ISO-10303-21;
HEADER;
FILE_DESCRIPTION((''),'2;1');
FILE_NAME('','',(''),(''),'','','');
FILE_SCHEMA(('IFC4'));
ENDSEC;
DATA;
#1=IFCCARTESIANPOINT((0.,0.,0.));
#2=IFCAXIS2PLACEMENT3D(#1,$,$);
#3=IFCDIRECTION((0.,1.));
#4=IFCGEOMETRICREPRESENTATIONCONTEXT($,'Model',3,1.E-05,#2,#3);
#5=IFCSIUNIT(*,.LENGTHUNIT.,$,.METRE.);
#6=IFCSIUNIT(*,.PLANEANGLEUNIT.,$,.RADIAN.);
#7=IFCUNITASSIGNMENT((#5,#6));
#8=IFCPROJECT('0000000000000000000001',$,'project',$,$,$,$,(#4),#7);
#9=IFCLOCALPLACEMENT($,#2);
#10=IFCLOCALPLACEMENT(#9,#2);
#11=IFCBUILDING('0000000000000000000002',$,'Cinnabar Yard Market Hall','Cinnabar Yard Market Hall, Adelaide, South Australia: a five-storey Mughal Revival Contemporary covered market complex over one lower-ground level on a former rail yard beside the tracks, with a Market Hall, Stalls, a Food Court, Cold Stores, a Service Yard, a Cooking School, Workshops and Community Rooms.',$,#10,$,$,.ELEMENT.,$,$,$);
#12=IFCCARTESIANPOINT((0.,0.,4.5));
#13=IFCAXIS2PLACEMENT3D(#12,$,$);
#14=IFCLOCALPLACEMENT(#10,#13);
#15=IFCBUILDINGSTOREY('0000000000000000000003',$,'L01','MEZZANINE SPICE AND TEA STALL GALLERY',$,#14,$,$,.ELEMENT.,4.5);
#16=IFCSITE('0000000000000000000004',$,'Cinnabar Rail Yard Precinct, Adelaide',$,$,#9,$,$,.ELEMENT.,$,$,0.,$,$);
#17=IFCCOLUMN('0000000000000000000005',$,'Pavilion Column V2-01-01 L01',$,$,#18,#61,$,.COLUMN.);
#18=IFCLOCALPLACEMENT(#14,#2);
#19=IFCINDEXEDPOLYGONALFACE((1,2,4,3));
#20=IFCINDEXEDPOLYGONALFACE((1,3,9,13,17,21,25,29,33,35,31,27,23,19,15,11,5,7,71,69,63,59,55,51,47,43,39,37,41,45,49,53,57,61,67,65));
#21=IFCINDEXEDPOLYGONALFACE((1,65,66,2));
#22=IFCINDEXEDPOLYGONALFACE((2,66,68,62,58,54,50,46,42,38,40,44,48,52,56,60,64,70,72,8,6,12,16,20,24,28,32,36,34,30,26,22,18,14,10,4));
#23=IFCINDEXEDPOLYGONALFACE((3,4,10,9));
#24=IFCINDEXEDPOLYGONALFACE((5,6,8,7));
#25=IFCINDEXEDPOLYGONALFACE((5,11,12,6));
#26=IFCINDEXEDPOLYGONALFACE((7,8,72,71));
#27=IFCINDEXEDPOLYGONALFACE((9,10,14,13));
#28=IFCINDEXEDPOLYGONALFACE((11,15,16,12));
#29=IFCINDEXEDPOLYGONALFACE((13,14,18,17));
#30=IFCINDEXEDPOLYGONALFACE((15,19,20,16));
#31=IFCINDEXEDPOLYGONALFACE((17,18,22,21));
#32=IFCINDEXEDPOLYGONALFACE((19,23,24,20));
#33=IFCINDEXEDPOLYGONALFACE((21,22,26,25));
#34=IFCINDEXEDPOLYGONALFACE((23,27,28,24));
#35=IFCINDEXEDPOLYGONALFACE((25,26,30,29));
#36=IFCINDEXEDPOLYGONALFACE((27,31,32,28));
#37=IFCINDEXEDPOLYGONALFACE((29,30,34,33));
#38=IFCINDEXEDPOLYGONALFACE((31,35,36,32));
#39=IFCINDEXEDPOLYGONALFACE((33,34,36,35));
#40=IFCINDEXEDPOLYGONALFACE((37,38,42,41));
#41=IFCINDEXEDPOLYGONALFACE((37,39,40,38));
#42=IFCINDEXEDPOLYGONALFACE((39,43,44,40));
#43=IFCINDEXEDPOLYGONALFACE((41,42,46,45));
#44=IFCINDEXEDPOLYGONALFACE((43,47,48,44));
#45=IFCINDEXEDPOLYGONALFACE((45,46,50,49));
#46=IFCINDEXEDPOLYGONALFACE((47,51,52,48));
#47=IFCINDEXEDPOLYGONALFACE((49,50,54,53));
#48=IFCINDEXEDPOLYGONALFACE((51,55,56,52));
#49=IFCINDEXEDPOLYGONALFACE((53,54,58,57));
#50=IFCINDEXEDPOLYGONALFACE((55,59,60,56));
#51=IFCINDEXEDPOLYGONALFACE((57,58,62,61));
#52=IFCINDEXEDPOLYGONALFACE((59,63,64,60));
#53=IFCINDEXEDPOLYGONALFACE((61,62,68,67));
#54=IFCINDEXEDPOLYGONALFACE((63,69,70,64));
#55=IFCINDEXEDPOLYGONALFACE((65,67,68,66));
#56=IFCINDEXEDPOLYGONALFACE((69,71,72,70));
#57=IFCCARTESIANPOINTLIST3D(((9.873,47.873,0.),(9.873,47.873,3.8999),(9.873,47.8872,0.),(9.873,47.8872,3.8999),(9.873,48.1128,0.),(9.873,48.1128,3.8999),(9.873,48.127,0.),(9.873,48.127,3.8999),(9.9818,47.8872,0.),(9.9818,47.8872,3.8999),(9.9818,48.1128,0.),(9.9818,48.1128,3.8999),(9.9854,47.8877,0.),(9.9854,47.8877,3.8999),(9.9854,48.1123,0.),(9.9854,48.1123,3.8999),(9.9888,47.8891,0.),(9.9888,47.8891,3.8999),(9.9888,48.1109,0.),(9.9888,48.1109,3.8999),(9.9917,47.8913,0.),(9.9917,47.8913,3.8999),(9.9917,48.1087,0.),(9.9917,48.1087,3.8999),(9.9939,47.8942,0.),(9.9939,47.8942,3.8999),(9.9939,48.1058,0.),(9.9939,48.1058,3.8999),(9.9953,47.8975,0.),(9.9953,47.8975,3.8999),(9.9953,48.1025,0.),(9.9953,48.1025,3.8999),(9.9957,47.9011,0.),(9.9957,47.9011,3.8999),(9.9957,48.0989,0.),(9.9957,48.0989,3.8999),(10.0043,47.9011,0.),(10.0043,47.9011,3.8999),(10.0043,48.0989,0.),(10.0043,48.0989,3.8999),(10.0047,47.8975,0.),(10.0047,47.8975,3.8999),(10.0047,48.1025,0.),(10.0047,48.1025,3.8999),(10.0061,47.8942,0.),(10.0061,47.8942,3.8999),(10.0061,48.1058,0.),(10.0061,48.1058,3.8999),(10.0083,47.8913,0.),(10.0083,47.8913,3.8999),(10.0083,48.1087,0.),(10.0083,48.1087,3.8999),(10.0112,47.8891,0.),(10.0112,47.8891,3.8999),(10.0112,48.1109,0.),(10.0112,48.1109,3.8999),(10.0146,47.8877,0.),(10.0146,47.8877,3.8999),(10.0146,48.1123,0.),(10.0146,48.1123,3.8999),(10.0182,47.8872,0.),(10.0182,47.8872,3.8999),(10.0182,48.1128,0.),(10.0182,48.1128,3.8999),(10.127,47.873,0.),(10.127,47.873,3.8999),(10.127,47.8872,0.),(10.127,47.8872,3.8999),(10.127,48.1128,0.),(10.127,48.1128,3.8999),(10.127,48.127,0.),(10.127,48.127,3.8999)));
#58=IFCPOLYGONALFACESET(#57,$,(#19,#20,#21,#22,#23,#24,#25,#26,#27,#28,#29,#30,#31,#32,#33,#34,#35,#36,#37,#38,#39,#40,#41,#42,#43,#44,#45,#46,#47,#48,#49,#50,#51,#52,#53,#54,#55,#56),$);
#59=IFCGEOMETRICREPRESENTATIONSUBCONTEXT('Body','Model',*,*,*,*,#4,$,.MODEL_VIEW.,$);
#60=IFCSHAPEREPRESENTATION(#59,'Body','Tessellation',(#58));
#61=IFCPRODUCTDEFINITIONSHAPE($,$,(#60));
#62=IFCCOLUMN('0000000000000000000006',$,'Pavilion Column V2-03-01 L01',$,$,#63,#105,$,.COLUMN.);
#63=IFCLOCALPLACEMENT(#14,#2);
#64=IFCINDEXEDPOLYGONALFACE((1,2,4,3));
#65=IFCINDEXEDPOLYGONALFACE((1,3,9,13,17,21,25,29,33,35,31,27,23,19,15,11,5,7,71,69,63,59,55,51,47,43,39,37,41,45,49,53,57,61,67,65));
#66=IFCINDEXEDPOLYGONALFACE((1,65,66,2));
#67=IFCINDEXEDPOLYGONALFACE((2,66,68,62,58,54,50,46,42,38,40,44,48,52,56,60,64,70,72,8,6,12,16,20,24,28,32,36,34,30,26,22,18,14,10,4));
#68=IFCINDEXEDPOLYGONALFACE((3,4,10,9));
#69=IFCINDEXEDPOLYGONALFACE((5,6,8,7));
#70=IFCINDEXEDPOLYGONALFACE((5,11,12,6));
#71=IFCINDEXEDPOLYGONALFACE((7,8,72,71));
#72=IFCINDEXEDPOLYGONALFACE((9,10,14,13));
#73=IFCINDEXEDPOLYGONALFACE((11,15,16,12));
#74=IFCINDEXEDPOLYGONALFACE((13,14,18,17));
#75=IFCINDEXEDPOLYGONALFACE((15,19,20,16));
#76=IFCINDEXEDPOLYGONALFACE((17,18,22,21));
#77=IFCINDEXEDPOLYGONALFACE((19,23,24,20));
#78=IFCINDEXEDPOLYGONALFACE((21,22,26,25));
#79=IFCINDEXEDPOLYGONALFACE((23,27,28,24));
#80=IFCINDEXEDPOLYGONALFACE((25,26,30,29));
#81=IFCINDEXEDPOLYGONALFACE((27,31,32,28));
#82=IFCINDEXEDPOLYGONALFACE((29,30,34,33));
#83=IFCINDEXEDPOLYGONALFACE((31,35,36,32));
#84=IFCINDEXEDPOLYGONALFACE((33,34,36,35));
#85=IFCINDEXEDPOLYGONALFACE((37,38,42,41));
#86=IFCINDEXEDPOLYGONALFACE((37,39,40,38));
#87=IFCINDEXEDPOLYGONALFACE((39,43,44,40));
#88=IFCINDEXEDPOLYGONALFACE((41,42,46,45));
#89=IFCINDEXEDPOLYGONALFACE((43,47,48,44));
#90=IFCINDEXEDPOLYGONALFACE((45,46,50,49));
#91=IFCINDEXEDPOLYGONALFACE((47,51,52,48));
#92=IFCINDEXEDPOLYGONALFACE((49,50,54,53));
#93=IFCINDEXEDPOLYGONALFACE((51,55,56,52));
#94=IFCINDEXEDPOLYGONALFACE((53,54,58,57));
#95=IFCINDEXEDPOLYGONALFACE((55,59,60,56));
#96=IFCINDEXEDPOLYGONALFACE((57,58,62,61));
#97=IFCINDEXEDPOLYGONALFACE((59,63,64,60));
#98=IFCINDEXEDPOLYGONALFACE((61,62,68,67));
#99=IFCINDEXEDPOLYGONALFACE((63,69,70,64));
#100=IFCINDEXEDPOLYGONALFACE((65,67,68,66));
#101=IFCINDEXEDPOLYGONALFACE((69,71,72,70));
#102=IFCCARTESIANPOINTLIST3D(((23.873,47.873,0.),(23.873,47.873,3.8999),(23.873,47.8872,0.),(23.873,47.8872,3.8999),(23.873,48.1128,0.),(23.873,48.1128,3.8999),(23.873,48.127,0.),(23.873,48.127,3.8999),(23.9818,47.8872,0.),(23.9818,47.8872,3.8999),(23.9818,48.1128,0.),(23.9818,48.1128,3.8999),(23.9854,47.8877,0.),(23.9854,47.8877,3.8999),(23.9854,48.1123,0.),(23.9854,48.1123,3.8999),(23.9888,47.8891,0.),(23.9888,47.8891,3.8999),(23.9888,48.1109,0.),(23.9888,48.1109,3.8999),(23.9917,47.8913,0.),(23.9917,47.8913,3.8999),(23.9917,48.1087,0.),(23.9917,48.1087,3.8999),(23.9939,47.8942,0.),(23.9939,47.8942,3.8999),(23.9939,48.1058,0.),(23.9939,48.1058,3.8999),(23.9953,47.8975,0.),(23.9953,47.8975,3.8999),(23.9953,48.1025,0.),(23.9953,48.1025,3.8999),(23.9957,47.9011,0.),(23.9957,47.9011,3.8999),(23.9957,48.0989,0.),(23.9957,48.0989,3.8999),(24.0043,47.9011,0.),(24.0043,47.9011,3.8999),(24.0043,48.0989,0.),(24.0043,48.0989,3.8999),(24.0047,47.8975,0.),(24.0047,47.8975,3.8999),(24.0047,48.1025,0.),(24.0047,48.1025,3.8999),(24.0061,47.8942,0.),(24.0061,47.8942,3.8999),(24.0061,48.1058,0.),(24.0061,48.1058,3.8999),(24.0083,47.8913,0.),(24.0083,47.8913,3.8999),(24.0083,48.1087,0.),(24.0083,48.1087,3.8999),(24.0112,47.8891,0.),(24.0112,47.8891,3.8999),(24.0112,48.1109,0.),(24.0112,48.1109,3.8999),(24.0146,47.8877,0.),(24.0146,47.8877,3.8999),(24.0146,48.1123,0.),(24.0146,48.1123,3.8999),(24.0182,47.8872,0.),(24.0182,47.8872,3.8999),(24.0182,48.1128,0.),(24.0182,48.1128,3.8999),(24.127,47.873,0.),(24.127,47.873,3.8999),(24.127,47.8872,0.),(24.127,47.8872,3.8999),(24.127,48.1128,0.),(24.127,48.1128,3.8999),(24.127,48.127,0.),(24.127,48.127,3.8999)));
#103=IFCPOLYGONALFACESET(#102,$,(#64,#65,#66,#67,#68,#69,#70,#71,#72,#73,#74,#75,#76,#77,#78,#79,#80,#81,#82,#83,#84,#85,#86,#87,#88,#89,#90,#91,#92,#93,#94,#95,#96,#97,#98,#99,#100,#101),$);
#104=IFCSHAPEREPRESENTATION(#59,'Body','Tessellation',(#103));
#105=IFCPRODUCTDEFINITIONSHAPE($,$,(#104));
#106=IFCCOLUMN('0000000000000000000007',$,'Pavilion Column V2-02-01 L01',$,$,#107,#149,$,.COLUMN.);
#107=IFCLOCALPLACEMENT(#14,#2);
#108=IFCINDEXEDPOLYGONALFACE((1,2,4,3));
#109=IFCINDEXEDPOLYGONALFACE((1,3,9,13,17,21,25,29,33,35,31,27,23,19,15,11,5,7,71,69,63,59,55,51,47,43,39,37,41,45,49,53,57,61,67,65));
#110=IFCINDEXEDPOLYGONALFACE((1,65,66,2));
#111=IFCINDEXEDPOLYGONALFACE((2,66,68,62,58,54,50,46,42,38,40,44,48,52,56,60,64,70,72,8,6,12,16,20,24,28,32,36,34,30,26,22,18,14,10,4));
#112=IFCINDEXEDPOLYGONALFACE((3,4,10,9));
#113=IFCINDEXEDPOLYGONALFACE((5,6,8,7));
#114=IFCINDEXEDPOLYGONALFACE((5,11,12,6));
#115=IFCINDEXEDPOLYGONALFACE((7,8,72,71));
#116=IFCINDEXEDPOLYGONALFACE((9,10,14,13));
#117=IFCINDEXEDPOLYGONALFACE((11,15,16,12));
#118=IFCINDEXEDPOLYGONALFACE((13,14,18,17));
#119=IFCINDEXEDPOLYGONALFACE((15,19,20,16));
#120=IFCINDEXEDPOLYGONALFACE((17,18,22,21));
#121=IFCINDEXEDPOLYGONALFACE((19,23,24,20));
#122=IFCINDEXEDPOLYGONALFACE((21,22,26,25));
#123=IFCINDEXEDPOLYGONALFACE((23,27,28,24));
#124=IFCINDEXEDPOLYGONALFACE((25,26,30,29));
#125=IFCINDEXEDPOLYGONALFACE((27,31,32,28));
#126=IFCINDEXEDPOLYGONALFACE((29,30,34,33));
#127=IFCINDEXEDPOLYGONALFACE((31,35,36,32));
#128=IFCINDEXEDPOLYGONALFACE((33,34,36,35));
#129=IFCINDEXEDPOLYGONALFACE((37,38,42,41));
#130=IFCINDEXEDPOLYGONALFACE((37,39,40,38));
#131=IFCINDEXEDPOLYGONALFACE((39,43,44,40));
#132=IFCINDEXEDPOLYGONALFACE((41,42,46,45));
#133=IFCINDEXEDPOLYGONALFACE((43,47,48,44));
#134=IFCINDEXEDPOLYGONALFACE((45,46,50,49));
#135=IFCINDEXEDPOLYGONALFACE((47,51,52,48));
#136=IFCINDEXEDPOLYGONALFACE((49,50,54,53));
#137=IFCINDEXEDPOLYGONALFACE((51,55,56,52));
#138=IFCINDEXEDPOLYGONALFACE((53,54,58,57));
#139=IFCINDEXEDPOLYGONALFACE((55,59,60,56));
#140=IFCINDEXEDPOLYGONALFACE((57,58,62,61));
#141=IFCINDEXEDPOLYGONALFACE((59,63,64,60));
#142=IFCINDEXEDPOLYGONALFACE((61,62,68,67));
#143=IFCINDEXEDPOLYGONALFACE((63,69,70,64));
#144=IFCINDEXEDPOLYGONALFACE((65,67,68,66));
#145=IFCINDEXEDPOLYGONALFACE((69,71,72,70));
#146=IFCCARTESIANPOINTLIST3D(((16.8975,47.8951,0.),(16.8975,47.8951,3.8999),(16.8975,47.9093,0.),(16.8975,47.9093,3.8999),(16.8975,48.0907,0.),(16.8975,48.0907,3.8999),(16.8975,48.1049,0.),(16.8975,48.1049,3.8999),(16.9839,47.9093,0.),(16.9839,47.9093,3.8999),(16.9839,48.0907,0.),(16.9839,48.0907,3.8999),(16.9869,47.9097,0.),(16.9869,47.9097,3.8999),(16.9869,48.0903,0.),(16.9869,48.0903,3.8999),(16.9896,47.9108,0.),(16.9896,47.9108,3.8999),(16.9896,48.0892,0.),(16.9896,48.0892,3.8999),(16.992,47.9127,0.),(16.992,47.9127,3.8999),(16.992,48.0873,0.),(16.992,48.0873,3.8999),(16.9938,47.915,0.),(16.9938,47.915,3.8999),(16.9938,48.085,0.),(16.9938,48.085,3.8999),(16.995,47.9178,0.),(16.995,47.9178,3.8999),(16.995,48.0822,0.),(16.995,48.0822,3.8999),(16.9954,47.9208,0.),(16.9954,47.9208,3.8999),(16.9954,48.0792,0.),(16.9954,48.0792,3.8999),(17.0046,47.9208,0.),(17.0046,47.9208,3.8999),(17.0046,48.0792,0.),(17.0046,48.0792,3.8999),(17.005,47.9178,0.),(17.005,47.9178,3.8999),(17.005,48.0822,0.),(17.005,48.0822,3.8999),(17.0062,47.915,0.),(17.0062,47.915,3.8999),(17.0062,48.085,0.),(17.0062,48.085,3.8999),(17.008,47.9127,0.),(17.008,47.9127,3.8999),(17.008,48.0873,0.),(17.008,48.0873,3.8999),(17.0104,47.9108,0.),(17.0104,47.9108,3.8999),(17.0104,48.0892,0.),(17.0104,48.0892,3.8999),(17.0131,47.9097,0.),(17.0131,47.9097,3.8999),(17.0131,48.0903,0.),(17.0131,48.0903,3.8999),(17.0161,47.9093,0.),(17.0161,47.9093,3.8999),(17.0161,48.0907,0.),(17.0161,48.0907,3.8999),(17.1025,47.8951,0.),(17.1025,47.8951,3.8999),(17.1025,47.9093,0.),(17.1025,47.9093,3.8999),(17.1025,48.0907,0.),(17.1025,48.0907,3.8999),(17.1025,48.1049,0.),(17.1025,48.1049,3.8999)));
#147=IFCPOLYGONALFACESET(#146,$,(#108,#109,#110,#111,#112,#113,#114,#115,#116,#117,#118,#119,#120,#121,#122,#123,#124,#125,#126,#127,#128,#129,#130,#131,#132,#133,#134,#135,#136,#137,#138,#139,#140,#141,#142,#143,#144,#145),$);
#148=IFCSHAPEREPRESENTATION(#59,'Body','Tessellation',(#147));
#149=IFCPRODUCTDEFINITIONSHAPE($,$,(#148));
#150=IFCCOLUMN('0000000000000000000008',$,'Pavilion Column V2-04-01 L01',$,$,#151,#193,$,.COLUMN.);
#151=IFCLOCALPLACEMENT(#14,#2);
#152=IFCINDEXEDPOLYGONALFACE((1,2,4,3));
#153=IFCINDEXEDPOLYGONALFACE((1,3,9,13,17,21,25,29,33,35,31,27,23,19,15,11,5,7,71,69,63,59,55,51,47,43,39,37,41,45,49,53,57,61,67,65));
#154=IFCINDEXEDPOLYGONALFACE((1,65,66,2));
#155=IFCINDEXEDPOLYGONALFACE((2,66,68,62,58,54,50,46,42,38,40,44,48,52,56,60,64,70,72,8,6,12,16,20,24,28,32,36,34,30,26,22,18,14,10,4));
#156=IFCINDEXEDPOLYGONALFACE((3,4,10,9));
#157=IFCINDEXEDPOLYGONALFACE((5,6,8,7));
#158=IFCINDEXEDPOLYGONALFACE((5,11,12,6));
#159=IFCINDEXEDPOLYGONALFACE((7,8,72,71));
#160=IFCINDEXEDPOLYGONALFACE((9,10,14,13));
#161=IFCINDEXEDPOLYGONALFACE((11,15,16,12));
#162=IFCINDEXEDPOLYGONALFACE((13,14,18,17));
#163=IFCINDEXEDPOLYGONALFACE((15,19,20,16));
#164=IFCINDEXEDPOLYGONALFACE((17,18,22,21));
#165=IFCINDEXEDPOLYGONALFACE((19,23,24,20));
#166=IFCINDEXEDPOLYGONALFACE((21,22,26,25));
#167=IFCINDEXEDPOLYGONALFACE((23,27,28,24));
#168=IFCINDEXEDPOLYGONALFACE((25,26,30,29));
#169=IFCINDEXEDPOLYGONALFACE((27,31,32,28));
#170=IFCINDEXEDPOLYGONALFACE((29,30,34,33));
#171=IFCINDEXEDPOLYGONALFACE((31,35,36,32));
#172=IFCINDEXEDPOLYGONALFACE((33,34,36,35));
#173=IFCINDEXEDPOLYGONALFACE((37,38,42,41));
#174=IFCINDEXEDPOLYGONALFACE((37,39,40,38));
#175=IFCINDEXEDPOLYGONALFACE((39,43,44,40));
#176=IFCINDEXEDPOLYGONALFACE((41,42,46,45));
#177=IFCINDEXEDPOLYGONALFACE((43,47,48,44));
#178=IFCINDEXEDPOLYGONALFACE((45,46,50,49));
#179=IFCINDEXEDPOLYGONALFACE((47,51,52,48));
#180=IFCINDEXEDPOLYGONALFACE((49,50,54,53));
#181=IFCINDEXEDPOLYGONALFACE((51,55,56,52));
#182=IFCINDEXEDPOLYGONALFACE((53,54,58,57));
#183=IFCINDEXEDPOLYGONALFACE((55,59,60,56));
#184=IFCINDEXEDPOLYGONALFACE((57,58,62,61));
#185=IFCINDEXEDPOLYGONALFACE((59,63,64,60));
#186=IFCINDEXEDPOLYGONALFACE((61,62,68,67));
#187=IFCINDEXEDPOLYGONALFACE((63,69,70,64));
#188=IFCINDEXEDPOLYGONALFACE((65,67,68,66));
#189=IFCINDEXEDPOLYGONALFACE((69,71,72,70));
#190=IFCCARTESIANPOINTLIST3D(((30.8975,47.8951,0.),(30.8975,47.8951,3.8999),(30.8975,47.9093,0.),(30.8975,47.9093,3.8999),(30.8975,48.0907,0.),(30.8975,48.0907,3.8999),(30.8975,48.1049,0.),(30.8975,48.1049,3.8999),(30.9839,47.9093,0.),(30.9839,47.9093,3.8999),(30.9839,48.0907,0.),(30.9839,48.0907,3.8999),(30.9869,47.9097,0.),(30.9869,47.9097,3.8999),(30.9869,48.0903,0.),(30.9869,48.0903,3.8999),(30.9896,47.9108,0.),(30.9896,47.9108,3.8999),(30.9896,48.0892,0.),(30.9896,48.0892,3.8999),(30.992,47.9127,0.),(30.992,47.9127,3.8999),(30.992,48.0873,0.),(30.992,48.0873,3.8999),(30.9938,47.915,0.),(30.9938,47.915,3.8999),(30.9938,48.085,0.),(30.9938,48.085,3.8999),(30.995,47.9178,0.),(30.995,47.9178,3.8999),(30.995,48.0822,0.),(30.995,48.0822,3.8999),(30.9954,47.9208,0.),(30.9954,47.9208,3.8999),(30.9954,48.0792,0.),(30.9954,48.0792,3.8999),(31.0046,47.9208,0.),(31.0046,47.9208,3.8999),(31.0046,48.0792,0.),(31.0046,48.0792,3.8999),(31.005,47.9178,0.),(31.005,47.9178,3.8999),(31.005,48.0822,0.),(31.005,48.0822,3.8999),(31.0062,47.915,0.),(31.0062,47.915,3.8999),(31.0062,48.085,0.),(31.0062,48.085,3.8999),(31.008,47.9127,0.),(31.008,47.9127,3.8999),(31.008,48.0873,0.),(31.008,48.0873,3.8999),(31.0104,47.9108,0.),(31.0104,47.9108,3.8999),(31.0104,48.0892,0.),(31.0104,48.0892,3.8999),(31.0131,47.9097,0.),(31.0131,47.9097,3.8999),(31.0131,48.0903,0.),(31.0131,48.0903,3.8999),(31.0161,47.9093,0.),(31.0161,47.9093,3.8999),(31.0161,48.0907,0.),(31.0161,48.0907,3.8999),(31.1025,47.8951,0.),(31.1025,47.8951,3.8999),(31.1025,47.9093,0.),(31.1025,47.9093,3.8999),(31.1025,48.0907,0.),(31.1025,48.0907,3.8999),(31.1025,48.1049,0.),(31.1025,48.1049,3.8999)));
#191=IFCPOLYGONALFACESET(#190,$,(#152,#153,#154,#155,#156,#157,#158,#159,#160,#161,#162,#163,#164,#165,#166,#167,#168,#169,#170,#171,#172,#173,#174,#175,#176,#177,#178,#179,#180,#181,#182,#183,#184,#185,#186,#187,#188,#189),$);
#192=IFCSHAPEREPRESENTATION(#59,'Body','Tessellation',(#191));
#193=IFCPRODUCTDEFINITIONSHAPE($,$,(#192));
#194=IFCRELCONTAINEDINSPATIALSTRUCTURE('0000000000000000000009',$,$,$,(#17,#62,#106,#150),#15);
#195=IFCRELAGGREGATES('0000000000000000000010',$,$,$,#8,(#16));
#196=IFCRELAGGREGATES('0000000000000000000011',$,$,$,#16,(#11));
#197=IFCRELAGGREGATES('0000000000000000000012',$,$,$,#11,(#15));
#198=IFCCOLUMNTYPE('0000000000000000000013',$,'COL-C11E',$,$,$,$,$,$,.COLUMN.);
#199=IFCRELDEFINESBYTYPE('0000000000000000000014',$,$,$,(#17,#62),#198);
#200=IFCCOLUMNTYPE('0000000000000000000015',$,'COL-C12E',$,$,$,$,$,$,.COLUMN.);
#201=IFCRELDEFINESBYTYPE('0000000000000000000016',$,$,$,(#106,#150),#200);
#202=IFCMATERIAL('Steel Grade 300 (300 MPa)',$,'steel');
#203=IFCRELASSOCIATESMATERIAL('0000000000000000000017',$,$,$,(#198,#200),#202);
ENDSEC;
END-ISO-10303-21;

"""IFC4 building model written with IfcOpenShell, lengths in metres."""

from ifc_helpers import new_model, si_unit, direction, frame, origin, origin_2d_with_axis, place, context, subcontext, project, spatial, i_section, extrude, material, material_profile, profile_set, type_object, element, save


model = new_model("IFC4")

# Units and contexts
model_context = context("Model", 3, precision=1e-05, world=origin(), true_north=direction((0.0, 1.0)))
body_context = subcontext(model_context, "Body", "Model", "MODEL_VIEW")
ifc_project = project(units=[si_unit("LENGTHUNIT", "METRE"), si_unit("PLANEANGLEUNIT", "RADIAN")], contexts=[model_context])

# Site, building, storey
site_placement = place(None, origin())
site = spatial("IfcSite", under=ifc_project, at=site_placement, Name="Cinnabar Rail Yard Precinct, Adelaide", CompositionType="ELEMENT", RefElevation=0.0)
building_placement = place(site_placement, origin())
building = spatial("IfcBuilding", under=site, at=building_placement, Name="Cinnabar Yard Market Hall", Description="Cinnabar Yard Market Hall, Adelaide, South Australia: a five-storey Mughal Revival Contemporary covered market complex over one lower-ground level on a former rail yard beside the tracks, with a Market Hall, Stalls, a Food Court, Cold Stores, a Service Yard, a Cooking School, Workshops and Community Rooms.", CompositionType="ELEMENT")
storey_placement = place(building_placement, frame((0.0, 0.0, 4.5)))
storey = spatial("IfcBuildingStorey", under=building, at=storey_placement, Name="L01", Description="MEZZANINE SPICE AND TEA STALL GALLERY", CompositionType="ELEMENT", Elevation=4.5)

# Columns
ifc_material_1 = material(Name="Steel Grade 300 (300 MPa)", Category="steel")
ifc_material_profile_1 = material_profile(ifc_material_1, i_section(OverallWidth=0.2539, OverallDepth=0.2539, WebThickness=0.0085, FlangeThickness=0.0142, FilletRadius=0.0139, at=origin_2d_with_axis()), Name="250UC72.9")
ifc_profile_set_1 = profile_set([ifc_material_profile_1], Name="Steel Grade 300 (300 MPa)")
column_type_1 = type_object("IfcColumnType", Name="COL-C11E", PredefinedType="COLUMN", material=ifc_profile_set_1)
for number, where, z_axis, x_axis, name in (
    (1, (10.0, 48.0, 0.0), (0.0, 0.0, 1.0), (1.0, 0.0, 0.0), "Pavilion Column V2-01-01 L01"),
    (2, (24.0, 48.0, 0.0), (0.0, 0.0, 1.0), (1.0, 0.0, 0.0), "Pavilion Column V2-03-01 L01"),
):
    element("IfcColumn", number, at=place(storey_placement, frame(where, z_axis=z_axis, x_axis=x_axis)), inside=storey, type_object=column_type_1, Name=name, PredefinedType="COLUMN", context=body_context, shape_type="SweptSolid", body=[
        extrude(i_section(OverallWidth=0.2539, OverallDepth=0.2539, WebThickness=0.0085, FlangeThickness=0.0142, FilletRadius=0.0139, at=origin_2d_with_axis()), origin(), (0.0, 0.0, 1.0), 3.8999),
    ])
ifc_material_profile_2 = material_profile(ifc_material_1, i_section(OverallWidth=0.2051, OverallDepth=0.2097, WebThickness=0.0093, FlangeThickness=0.0142, FilletRadius=0.0115, at=origin_2d_with_axis()), Name="200UC59.5")
ifc_profile_set_2 = profile_set([ifc_material_profile_2], Name="Steel Grade 300 (300 MPa)")
column_type_2 = type_object("IfcColumnType", Name="COL-C12E", PredefinedType="COLUMN", material=ifc_profile_set_2)
for number, where, z_axis, x_axis, name in (
    (3, (17.0, 48.0, 0.0), (0.0, 0.0, 1.0), (1.0, 0.0, 0.0), "Pavilion Column V2-02-01 L01"),
    (4, (31.0, 48.0, 0.0), (0.0, 0.0, 1.0), (1.0, 0.0, 0.0), "Pavilion Column V2-04-01 L01"),
):
    element("IfcColumn", number, at=place(storey_placement, frame(where, z_axis=z_axis, x_axis=x_axis)), inside=storey, type_object=column_type_2, Name=name, PredefinedType="COLUMN", context=body_context, shape_type="SweptSolid", body=[
        extrude(i_section(OverallWidth=0.2051, OverallDepth=0.2097, WebThickness=0.0093, FlangeThickness=0.0142, FilletRadius=0.0115, at=origin_2d_with_axis()), origin(), (0.0, 0.0, 1.0), 3.8999),
    ])

save(model, "model.ifc")
